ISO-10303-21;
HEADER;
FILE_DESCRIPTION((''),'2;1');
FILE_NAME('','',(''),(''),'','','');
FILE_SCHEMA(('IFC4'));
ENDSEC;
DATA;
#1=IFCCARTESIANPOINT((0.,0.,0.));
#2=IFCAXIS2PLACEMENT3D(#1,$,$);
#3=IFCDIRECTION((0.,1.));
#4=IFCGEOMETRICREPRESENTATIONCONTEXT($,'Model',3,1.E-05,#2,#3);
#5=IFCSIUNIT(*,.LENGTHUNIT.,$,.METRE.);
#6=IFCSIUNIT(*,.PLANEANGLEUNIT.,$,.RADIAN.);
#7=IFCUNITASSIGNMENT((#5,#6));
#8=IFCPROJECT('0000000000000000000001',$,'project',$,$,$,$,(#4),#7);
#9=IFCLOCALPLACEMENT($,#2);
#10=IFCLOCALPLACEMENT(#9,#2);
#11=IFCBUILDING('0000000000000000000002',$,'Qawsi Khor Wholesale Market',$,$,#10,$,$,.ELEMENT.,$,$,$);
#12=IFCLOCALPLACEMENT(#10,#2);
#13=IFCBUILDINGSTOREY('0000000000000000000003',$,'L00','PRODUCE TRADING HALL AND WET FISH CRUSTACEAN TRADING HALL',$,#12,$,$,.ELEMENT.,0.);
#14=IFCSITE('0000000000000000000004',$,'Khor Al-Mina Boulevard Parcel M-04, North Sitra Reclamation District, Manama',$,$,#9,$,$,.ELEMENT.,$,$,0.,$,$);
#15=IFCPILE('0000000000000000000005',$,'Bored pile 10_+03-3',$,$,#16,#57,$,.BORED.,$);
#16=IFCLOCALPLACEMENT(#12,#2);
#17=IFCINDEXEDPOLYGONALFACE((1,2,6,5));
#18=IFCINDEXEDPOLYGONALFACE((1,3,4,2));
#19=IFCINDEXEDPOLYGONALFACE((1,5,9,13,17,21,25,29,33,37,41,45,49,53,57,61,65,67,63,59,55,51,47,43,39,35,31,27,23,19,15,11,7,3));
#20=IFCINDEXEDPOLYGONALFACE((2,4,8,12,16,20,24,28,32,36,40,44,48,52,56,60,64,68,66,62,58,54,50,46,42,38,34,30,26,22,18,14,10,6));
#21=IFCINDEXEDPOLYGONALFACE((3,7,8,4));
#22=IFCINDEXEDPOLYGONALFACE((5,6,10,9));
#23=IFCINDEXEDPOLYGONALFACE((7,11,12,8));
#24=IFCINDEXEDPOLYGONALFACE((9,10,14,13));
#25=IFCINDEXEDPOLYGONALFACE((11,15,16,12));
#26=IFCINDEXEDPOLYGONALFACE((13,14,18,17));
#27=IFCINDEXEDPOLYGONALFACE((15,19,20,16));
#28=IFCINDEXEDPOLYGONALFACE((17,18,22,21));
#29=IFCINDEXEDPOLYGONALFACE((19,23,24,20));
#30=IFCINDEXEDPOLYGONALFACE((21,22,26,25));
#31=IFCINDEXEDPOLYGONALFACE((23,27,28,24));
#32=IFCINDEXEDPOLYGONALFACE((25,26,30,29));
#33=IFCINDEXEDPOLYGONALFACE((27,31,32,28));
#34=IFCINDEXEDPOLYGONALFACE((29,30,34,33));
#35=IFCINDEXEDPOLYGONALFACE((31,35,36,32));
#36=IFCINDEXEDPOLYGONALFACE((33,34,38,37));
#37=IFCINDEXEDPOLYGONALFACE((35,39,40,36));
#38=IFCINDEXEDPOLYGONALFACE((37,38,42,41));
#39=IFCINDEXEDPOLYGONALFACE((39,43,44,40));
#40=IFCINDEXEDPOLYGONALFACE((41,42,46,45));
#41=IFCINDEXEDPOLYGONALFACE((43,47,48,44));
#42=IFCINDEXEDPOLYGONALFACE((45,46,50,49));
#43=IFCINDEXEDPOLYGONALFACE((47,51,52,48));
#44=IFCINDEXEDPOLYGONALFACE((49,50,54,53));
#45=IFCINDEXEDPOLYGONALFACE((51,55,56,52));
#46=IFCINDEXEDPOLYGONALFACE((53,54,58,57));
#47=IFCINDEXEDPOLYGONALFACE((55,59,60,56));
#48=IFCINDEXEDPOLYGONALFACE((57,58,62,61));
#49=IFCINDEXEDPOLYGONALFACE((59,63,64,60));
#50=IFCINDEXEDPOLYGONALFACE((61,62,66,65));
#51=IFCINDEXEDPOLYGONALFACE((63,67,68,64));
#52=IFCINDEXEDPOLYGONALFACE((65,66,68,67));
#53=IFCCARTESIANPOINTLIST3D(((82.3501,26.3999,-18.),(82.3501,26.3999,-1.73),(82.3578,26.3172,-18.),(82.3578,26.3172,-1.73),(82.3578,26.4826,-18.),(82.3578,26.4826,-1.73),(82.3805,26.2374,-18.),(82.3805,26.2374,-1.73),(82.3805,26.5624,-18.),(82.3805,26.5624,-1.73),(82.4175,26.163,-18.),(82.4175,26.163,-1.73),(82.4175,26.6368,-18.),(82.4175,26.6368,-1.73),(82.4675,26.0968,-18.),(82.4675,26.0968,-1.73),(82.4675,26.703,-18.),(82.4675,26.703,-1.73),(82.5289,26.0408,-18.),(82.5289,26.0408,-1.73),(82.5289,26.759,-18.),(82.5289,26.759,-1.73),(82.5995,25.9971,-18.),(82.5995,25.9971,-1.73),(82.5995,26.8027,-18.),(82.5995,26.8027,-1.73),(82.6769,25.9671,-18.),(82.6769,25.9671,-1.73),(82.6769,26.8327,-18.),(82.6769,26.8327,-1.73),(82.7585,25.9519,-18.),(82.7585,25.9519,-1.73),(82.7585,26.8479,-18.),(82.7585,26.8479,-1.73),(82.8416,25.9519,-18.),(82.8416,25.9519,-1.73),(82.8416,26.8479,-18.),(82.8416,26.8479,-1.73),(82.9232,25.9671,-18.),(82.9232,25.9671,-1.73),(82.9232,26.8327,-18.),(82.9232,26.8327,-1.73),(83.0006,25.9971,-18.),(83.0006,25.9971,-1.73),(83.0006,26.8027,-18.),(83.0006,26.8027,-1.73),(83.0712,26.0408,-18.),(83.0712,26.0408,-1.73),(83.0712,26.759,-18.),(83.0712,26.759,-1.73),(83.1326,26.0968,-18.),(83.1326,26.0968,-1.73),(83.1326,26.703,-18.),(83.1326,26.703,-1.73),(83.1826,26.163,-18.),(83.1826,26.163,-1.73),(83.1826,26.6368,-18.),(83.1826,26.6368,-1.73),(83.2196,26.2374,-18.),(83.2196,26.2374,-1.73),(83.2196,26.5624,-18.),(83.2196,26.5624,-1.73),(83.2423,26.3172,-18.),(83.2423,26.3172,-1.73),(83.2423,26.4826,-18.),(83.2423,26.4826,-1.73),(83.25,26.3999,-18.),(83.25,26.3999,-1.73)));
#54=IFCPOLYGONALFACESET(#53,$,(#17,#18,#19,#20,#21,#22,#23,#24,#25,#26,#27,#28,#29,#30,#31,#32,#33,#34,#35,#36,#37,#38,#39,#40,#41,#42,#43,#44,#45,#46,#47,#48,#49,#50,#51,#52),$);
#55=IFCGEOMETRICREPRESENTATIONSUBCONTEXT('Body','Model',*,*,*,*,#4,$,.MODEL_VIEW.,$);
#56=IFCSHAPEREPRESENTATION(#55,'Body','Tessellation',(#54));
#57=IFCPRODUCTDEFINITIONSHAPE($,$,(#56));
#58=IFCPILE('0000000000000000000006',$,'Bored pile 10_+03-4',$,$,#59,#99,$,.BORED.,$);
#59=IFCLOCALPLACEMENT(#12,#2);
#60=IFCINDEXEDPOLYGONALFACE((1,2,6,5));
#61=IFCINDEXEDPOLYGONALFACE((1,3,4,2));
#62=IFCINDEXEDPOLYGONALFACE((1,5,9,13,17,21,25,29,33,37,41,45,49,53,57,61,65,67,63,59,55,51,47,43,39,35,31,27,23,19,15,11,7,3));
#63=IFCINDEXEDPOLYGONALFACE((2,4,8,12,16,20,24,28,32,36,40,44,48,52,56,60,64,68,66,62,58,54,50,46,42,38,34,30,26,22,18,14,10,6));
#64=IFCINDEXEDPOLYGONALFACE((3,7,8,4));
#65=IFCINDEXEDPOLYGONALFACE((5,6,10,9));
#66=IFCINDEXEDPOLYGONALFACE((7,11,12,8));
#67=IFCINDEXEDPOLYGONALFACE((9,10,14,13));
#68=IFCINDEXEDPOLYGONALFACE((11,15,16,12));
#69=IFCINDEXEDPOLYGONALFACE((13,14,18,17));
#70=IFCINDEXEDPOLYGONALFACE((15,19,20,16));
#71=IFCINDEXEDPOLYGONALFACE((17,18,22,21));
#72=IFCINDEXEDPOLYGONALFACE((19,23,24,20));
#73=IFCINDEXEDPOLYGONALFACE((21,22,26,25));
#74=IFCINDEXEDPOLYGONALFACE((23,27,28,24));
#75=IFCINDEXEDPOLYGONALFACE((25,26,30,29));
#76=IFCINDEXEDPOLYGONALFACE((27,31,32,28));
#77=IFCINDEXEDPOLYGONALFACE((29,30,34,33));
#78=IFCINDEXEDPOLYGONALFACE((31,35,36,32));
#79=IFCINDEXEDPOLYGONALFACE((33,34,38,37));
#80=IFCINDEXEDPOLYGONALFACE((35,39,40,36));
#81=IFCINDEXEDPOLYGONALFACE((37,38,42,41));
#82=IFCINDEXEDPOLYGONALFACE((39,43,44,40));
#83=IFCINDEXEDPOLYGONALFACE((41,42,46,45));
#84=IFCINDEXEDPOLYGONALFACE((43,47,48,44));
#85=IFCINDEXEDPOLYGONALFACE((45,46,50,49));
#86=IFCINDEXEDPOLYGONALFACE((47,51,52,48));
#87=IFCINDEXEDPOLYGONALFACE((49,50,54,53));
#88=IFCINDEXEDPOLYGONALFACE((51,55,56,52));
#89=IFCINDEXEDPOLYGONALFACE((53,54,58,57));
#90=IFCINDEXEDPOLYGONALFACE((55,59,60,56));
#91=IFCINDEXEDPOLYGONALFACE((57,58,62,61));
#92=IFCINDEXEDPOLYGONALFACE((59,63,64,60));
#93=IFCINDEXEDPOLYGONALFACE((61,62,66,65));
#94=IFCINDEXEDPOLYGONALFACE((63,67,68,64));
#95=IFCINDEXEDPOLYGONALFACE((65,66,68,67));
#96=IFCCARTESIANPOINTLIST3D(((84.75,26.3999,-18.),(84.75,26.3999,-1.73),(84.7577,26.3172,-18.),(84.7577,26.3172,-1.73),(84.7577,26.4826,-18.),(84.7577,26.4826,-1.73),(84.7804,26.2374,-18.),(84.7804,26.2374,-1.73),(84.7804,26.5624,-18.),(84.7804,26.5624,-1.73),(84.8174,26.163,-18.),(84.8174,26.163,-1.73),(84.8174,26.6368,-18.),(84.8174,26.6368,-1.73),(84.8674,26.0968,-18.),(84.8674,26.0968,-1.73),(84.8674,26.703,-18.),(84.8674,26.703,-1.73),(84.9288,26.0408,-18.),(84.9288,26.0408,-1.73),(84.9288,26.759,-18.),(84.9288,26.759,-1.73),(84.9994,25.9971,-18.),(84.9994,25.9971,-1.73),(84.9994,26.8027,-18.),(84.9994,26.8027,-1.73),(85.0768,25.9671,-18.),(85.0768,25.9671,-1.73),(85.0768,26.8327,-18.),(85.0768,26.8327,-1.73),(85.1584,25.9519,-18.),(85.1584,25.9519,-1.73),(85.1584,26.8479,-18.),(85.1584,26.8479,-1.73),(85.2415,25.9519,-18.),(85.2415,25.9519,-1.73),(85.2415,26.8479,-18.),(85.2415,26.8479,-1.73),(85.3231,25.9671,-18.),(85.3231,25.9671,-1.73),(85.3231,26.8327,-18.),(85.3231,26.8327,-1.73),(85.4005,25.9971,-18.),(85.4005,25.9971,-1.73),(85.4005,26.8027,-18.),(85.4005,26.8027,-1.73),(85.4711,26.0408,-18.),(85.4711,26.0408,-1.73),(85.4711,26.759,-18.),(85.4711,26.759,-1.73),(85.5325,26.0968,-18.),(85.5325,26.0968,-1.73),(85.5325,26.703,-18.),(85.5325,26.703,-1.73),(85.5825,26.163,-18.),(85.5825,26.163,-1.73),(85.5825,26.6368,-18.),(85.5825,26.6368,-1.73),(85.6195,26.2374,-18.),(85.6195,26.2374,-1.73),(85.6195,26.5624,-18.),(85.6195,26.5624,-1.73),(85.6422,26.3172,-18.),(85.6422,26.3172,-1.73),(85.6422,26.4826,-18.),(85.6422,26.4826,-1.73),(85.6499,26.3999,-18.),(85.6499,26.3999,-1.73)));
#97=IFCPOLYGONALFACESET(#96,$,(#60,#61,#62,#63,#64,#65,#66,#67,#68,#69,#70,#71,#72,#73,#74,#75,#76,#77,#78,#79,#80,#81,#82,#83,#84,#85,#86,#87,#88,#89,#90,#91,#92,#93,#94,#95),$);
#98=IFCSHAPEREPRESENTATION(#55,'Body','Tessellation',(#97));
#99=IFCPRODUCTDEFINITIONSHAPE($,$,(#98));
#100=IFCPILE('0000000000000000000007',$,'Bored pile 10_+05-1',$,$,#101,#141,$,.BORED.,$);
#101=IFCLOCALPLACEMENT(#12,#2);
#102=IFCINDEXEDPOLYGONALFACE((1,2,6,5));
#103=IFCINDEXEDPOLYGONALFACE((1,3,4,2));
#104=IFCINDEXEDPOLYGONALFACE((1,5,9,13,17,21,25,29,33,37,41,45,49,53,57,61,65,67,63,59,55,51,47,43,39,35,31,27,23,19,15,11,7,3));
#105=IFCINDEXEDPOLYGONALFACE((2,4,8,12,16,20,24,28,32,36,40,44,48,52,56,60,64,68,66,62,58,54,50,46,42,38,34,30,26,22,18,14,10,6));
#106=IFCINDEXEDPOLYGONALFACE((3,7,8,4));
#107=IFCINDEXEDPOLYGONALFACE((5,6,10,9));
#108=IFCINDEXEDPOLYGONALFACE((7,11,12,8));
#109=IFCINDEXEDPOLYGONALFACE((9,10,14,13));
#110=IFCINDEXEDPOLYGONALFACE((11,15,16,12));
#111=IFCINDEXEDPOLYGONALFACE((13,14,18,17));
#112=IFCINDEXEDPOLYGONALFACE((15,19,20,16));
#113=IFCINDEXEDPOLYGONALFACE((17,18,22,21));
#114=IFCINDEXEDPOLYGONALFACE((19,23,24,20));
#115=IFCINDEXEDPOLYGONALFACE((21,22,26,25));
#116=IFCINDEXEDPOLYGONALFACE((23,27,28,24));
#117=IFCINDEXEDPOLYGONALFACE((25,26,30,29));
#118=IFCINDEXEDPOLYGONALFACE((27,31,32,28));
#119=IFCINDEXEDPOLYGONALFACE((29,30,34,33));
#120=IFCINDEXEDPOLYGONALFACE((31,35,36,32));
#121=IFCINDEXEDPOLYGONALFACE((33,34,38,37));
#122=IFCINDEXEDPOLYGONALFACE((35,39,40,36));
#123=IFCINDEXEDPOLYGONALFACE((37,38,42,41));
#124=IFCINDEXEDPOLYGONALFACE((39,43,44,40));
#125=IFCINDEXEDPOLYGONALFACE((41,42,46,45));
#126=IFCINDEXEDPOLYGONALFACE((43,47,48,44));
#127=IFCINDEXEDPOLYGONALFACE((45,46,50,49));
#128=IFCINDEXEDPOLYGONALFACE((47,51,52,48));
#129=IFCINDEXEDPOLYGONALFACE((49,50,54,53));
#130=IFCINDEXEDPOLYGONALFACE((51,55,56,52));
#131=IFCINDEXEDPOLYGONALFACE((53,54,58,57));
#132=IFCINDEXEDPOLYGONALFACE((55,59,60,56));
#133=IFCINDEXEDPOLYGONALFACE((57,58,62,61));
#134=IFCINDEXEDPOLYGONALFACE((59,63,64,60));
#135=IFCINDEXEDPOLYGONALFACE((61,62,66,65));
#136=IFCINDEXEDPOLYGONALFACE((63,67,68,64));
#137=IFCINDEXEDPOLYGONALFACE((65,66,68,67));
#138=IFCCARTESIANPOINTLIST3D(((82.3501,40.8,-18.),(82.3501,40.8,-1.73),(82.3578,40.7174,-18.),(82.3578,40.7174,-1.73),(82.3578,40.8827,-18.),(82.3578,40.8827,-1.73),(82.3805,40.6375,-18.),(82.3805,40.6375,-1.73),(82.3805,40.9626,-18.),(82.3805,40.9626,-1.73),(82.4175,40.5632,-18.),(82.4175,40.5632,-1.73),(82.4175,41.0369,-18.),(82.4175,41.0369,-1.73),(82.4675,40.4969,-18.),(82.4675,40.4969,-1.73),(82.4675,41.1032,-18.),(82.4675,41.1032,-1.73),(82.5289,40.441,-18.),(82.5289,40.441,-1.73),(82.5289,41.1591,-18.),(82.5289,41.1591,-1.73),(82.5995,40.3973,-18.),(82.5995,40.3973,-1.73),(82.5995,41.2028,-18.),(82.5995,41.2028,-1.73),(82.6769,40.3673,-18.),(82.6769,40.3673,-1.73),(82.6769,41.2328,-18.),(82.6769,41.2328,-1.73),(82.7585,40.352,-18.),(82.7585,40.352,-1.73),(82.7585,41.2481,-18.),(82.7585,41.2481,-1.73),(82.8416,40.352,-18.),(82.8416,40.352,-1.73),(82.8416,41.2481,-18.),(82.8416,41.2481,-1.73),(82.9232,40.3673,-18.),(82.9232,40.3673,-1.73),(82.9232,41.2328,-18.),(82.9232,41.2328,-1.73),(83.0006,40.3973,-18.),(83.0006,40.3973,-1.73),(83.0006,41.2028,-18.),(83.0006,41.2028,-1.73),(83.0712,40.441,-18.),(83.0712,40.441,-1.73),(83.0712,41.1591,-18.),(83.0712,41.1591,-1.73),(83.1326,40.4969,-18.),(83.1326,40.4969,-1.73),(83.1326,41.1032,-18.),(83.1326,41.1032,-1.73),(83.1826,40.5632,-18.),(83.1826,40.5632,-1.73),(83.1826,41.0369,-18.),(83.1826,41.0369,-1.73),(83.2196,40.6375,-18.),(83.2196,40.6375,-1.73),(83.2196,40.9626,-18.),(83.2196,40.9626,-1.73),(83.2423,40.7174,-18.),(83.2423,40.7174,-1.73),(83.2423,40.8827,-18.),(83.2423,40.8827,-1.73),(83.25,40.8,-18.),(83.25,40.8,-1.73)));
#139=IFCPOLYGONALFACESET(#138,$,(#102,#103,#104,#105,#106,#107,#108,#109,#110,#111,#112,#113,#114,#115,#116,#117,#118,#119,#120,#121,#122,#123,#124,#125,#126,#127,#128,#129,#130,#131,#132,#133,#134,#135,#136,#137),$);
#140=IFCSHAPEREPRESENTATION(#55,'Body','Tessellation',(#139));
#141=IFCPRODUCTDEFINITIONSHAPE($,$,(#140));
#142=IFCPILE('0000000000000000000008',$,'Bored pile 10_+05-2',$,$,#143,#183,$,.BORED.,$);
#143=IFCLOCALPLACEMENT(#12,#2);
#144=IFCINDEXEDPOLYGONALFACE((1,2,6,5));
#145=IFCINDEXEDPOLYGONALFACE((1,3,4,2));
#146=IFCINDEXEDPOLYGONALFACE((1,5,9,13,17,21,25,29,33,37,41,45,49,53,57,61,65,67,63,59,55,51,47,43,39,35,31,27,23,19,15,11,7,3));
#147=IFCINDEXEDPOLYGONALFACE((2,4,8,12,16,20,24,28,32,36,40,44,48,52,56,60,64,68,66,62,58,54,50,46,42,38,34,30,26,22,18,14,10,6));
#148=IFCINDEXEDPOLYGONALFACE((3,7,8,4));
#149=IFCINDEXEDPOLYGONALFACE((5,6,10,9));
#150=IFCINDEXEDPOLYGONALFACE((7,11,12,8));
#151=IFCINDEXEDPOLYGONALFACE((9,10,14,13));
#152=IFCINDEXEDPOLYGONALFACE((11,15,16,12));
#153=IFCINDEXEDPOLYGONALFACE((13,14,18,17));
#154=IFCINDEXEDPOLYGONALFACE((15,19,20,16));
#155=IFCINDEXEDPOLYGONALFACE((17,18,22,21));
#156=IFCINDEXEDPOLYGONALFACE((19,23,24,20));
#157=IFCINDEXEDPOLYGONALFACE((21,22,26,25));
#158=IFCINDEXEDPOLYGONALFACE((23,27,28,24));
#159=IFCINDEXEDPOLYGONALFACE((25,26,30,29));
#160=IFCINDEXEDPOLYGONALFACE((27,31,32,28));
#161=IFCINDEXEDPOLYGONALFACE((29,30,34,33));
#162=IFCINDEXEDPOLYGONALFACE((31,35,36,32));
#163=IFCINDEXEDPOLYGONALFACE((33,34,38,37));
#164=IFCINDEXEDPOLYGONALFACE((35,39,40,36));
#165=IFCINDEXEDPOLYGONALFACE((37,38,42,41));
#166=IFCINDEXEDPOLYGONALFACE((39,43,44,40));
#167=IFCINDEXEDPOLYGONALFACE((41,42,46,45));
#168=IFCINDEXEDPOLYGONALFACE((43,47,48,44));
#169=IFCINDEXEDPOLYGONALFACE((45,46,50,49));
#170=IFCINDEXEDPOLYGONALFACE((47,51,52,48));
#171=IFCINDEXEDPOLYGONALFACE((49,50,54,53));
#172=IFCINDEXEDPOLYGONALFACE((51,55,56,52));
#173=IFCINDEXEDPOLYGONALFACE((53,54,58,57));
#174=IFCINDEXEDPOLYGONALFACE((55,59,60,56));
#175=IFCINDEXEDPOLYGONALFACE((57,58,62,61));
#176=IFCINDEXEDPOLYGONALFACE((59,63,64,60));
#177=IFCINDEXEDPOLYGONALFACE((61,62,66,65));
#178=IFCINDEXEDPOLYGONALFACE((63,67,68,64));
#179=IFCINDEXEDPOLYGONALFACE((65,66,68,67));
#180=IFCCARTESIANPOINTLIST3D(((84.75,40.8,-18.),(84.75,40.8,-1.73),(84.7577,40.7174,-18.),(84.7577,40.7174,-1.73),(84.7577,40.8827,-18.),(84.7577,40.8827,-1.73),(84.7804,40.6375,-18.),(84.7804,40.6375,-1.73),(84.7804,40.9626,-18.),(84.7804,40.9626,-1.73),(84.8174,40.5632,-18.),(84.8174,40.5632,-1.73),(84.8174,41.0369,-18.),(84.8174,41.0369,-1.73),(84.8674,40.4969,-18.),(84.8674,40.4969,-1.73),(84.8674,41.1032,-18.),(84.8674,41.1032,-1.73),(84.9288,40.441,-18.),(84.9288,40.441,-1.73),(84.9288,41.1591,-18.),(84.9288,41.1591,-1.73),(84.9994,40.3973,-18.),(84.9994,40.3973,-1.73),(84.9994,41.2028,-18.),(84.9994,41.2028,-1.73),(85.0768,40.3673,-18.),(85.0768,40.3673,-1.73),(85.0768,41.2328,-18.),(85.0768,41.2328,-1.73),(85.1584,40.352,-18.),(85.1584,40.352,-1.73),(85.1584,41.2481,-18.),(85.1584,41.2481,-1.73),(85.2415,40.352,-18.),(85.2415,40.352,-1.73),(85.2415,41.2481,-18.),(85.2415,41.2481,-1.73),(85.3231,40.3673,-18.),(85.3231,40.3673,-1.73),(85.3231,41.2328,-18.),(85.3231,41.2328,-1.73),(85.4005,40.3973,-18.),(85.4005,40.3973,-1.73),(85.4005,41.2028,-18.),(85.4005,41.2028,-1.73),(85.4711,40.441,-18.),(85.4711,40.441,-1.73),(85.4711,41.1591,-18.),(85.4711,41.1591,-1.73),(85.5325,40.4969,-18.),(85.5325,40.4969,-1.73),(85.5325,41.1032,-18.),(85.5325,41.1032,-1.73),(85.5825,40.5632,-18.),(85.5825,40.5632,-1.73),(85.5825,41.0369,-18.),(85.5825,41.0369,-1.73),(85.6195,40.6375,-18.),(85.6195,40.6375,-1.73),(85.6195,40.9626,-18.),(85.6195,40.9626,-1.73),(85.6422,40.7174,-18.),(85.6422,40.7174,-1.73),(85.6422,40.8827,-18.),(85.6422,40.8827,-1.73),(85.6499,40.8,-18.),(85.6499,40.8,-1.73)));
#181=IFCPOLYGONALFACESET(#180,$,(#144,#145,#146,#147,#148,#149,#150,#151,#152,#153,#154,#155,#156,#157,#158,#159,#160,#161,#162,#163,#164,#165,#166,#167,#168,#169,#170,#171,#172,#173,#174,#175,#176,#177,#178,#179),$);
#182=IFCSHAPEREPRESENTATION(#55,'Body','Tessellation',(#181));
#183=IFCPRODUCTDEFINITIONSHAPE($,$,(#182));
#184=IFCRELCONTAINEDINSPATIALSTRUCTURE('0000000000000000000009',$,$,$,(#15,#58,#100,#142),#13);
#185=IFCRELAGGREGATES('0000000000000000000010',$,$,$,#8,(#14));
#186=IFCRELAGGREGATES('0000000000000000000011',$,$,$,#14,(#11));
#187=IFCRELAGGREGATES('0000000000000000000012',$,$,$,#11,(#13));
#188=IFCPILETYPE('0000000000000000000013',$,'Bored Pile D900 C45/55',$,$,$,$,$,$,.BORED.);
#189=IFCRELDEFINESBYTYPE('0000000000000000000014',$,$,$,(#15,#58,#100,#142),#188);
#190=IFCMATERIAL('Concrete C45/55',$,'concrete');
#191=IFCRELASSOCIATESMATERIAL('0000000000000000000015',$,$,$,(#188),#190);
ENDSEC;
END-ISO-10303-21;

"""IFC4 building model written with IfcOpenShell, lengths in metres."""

from ifc_helpers import new_model, si_unit, direction, frame, origin, origin_2d, place, context, subcontext, project, spatial, circle, extrude, material, material_profile, profile_set, type_object, element, save


model = new_model("IFC4")

# Units and contexts
model_context = context("Model", 3, precision=1e-05, world=origin(), true_north=direction((0.0, 1.0)))
body_context = subcontext(model_context, "Body", "Model", "MODEL_VIEW")
ifc_project = project(units=[si_unit("LENGTHUNIT", "METRE"), si_unit("PLANEANGLEUNIT", "RADIAN")], contexts=[model_context])

# Site, building, storey
site_placement = place(None, origin())
site = spatial("IfcSite", under=ifc_project, at=site_placement, Name="Khor Al-Mina Boulevard Parcel M-04, North Sitra Reclamation District, Manama", CompositionType="ELEMENT", RefElevation=0.0)
building_placement = place(site_placement, origin())
building = spatial("IfcBuilding", under=site, at=building_placement, Name="Qawsi Khor Wholesale Market", CompositionType="ELEMENT")
storey_placement = place(building_placement, origin())
storey = spatial("IfcBuildingStorey", under=building, at=storey_placement, Name="L00", Description="PRODUCE TRADING HALL AND WET FISH CRUSTACEAN TRADING HALL", CompositionType="ELEMENT", Elevation=0.0)

# Piles
ifc_material_1 = material(Name="Concrete C45/55", Category="concrete")
ifc_material_profile_1 = material_profile(ifc_material_1, circle(Radius=0.45, at=origin_2d()), Name="PILE D900")
ifc_profile_set_1 = profile_set([ifc_material_profile_1], Name="Concrete C45/55")
pile_type = type_object("IfcPileType", Name="Bored Pile D900 C45/55", PredefinedType="BORED", material=ifc_profile_set_1)
for number, where, z_axis, x_axis, name in (
    (1, (82.8, 26.3999, -1.73), (0.0, 0.0, -1.0), (1.0, 0.0, 0.0), "Bored pile 10_+03-3"),
    (2, (85.2, 26.3999, -1.73), (0.0, 0.0, -1.0), (1.0, 0.0, 0.0), "Bored pile 10_+03-4"),
    (3, (82.8, 40.8, -1.73), (0.0, 0.0, -1.0), (1.0, 0.0, 0.0), "Bored pile 10_+05-1"),
    (4, (85.2, 40.8, -1.73), (0.0, 0.0, -1.0), (1.0, 0.0, 0.0), "Bored pile 10_+05-2"),
):
    element("IfcPile", number, at=place(storey_placement, frame(where, z_axis=z_axis, x_axis=x_axis)), inside=storey, type_object=pile_type, Name=name, PredefinedType="BORED", context=body_context, shape_type="SweptSolid", body=[
        extrude(circle(Radius=0.45, at=origin_2d()), origin(), (0.0, 0.0, 1.0), 16.27),
    ])

save(model, "model.ifc")
